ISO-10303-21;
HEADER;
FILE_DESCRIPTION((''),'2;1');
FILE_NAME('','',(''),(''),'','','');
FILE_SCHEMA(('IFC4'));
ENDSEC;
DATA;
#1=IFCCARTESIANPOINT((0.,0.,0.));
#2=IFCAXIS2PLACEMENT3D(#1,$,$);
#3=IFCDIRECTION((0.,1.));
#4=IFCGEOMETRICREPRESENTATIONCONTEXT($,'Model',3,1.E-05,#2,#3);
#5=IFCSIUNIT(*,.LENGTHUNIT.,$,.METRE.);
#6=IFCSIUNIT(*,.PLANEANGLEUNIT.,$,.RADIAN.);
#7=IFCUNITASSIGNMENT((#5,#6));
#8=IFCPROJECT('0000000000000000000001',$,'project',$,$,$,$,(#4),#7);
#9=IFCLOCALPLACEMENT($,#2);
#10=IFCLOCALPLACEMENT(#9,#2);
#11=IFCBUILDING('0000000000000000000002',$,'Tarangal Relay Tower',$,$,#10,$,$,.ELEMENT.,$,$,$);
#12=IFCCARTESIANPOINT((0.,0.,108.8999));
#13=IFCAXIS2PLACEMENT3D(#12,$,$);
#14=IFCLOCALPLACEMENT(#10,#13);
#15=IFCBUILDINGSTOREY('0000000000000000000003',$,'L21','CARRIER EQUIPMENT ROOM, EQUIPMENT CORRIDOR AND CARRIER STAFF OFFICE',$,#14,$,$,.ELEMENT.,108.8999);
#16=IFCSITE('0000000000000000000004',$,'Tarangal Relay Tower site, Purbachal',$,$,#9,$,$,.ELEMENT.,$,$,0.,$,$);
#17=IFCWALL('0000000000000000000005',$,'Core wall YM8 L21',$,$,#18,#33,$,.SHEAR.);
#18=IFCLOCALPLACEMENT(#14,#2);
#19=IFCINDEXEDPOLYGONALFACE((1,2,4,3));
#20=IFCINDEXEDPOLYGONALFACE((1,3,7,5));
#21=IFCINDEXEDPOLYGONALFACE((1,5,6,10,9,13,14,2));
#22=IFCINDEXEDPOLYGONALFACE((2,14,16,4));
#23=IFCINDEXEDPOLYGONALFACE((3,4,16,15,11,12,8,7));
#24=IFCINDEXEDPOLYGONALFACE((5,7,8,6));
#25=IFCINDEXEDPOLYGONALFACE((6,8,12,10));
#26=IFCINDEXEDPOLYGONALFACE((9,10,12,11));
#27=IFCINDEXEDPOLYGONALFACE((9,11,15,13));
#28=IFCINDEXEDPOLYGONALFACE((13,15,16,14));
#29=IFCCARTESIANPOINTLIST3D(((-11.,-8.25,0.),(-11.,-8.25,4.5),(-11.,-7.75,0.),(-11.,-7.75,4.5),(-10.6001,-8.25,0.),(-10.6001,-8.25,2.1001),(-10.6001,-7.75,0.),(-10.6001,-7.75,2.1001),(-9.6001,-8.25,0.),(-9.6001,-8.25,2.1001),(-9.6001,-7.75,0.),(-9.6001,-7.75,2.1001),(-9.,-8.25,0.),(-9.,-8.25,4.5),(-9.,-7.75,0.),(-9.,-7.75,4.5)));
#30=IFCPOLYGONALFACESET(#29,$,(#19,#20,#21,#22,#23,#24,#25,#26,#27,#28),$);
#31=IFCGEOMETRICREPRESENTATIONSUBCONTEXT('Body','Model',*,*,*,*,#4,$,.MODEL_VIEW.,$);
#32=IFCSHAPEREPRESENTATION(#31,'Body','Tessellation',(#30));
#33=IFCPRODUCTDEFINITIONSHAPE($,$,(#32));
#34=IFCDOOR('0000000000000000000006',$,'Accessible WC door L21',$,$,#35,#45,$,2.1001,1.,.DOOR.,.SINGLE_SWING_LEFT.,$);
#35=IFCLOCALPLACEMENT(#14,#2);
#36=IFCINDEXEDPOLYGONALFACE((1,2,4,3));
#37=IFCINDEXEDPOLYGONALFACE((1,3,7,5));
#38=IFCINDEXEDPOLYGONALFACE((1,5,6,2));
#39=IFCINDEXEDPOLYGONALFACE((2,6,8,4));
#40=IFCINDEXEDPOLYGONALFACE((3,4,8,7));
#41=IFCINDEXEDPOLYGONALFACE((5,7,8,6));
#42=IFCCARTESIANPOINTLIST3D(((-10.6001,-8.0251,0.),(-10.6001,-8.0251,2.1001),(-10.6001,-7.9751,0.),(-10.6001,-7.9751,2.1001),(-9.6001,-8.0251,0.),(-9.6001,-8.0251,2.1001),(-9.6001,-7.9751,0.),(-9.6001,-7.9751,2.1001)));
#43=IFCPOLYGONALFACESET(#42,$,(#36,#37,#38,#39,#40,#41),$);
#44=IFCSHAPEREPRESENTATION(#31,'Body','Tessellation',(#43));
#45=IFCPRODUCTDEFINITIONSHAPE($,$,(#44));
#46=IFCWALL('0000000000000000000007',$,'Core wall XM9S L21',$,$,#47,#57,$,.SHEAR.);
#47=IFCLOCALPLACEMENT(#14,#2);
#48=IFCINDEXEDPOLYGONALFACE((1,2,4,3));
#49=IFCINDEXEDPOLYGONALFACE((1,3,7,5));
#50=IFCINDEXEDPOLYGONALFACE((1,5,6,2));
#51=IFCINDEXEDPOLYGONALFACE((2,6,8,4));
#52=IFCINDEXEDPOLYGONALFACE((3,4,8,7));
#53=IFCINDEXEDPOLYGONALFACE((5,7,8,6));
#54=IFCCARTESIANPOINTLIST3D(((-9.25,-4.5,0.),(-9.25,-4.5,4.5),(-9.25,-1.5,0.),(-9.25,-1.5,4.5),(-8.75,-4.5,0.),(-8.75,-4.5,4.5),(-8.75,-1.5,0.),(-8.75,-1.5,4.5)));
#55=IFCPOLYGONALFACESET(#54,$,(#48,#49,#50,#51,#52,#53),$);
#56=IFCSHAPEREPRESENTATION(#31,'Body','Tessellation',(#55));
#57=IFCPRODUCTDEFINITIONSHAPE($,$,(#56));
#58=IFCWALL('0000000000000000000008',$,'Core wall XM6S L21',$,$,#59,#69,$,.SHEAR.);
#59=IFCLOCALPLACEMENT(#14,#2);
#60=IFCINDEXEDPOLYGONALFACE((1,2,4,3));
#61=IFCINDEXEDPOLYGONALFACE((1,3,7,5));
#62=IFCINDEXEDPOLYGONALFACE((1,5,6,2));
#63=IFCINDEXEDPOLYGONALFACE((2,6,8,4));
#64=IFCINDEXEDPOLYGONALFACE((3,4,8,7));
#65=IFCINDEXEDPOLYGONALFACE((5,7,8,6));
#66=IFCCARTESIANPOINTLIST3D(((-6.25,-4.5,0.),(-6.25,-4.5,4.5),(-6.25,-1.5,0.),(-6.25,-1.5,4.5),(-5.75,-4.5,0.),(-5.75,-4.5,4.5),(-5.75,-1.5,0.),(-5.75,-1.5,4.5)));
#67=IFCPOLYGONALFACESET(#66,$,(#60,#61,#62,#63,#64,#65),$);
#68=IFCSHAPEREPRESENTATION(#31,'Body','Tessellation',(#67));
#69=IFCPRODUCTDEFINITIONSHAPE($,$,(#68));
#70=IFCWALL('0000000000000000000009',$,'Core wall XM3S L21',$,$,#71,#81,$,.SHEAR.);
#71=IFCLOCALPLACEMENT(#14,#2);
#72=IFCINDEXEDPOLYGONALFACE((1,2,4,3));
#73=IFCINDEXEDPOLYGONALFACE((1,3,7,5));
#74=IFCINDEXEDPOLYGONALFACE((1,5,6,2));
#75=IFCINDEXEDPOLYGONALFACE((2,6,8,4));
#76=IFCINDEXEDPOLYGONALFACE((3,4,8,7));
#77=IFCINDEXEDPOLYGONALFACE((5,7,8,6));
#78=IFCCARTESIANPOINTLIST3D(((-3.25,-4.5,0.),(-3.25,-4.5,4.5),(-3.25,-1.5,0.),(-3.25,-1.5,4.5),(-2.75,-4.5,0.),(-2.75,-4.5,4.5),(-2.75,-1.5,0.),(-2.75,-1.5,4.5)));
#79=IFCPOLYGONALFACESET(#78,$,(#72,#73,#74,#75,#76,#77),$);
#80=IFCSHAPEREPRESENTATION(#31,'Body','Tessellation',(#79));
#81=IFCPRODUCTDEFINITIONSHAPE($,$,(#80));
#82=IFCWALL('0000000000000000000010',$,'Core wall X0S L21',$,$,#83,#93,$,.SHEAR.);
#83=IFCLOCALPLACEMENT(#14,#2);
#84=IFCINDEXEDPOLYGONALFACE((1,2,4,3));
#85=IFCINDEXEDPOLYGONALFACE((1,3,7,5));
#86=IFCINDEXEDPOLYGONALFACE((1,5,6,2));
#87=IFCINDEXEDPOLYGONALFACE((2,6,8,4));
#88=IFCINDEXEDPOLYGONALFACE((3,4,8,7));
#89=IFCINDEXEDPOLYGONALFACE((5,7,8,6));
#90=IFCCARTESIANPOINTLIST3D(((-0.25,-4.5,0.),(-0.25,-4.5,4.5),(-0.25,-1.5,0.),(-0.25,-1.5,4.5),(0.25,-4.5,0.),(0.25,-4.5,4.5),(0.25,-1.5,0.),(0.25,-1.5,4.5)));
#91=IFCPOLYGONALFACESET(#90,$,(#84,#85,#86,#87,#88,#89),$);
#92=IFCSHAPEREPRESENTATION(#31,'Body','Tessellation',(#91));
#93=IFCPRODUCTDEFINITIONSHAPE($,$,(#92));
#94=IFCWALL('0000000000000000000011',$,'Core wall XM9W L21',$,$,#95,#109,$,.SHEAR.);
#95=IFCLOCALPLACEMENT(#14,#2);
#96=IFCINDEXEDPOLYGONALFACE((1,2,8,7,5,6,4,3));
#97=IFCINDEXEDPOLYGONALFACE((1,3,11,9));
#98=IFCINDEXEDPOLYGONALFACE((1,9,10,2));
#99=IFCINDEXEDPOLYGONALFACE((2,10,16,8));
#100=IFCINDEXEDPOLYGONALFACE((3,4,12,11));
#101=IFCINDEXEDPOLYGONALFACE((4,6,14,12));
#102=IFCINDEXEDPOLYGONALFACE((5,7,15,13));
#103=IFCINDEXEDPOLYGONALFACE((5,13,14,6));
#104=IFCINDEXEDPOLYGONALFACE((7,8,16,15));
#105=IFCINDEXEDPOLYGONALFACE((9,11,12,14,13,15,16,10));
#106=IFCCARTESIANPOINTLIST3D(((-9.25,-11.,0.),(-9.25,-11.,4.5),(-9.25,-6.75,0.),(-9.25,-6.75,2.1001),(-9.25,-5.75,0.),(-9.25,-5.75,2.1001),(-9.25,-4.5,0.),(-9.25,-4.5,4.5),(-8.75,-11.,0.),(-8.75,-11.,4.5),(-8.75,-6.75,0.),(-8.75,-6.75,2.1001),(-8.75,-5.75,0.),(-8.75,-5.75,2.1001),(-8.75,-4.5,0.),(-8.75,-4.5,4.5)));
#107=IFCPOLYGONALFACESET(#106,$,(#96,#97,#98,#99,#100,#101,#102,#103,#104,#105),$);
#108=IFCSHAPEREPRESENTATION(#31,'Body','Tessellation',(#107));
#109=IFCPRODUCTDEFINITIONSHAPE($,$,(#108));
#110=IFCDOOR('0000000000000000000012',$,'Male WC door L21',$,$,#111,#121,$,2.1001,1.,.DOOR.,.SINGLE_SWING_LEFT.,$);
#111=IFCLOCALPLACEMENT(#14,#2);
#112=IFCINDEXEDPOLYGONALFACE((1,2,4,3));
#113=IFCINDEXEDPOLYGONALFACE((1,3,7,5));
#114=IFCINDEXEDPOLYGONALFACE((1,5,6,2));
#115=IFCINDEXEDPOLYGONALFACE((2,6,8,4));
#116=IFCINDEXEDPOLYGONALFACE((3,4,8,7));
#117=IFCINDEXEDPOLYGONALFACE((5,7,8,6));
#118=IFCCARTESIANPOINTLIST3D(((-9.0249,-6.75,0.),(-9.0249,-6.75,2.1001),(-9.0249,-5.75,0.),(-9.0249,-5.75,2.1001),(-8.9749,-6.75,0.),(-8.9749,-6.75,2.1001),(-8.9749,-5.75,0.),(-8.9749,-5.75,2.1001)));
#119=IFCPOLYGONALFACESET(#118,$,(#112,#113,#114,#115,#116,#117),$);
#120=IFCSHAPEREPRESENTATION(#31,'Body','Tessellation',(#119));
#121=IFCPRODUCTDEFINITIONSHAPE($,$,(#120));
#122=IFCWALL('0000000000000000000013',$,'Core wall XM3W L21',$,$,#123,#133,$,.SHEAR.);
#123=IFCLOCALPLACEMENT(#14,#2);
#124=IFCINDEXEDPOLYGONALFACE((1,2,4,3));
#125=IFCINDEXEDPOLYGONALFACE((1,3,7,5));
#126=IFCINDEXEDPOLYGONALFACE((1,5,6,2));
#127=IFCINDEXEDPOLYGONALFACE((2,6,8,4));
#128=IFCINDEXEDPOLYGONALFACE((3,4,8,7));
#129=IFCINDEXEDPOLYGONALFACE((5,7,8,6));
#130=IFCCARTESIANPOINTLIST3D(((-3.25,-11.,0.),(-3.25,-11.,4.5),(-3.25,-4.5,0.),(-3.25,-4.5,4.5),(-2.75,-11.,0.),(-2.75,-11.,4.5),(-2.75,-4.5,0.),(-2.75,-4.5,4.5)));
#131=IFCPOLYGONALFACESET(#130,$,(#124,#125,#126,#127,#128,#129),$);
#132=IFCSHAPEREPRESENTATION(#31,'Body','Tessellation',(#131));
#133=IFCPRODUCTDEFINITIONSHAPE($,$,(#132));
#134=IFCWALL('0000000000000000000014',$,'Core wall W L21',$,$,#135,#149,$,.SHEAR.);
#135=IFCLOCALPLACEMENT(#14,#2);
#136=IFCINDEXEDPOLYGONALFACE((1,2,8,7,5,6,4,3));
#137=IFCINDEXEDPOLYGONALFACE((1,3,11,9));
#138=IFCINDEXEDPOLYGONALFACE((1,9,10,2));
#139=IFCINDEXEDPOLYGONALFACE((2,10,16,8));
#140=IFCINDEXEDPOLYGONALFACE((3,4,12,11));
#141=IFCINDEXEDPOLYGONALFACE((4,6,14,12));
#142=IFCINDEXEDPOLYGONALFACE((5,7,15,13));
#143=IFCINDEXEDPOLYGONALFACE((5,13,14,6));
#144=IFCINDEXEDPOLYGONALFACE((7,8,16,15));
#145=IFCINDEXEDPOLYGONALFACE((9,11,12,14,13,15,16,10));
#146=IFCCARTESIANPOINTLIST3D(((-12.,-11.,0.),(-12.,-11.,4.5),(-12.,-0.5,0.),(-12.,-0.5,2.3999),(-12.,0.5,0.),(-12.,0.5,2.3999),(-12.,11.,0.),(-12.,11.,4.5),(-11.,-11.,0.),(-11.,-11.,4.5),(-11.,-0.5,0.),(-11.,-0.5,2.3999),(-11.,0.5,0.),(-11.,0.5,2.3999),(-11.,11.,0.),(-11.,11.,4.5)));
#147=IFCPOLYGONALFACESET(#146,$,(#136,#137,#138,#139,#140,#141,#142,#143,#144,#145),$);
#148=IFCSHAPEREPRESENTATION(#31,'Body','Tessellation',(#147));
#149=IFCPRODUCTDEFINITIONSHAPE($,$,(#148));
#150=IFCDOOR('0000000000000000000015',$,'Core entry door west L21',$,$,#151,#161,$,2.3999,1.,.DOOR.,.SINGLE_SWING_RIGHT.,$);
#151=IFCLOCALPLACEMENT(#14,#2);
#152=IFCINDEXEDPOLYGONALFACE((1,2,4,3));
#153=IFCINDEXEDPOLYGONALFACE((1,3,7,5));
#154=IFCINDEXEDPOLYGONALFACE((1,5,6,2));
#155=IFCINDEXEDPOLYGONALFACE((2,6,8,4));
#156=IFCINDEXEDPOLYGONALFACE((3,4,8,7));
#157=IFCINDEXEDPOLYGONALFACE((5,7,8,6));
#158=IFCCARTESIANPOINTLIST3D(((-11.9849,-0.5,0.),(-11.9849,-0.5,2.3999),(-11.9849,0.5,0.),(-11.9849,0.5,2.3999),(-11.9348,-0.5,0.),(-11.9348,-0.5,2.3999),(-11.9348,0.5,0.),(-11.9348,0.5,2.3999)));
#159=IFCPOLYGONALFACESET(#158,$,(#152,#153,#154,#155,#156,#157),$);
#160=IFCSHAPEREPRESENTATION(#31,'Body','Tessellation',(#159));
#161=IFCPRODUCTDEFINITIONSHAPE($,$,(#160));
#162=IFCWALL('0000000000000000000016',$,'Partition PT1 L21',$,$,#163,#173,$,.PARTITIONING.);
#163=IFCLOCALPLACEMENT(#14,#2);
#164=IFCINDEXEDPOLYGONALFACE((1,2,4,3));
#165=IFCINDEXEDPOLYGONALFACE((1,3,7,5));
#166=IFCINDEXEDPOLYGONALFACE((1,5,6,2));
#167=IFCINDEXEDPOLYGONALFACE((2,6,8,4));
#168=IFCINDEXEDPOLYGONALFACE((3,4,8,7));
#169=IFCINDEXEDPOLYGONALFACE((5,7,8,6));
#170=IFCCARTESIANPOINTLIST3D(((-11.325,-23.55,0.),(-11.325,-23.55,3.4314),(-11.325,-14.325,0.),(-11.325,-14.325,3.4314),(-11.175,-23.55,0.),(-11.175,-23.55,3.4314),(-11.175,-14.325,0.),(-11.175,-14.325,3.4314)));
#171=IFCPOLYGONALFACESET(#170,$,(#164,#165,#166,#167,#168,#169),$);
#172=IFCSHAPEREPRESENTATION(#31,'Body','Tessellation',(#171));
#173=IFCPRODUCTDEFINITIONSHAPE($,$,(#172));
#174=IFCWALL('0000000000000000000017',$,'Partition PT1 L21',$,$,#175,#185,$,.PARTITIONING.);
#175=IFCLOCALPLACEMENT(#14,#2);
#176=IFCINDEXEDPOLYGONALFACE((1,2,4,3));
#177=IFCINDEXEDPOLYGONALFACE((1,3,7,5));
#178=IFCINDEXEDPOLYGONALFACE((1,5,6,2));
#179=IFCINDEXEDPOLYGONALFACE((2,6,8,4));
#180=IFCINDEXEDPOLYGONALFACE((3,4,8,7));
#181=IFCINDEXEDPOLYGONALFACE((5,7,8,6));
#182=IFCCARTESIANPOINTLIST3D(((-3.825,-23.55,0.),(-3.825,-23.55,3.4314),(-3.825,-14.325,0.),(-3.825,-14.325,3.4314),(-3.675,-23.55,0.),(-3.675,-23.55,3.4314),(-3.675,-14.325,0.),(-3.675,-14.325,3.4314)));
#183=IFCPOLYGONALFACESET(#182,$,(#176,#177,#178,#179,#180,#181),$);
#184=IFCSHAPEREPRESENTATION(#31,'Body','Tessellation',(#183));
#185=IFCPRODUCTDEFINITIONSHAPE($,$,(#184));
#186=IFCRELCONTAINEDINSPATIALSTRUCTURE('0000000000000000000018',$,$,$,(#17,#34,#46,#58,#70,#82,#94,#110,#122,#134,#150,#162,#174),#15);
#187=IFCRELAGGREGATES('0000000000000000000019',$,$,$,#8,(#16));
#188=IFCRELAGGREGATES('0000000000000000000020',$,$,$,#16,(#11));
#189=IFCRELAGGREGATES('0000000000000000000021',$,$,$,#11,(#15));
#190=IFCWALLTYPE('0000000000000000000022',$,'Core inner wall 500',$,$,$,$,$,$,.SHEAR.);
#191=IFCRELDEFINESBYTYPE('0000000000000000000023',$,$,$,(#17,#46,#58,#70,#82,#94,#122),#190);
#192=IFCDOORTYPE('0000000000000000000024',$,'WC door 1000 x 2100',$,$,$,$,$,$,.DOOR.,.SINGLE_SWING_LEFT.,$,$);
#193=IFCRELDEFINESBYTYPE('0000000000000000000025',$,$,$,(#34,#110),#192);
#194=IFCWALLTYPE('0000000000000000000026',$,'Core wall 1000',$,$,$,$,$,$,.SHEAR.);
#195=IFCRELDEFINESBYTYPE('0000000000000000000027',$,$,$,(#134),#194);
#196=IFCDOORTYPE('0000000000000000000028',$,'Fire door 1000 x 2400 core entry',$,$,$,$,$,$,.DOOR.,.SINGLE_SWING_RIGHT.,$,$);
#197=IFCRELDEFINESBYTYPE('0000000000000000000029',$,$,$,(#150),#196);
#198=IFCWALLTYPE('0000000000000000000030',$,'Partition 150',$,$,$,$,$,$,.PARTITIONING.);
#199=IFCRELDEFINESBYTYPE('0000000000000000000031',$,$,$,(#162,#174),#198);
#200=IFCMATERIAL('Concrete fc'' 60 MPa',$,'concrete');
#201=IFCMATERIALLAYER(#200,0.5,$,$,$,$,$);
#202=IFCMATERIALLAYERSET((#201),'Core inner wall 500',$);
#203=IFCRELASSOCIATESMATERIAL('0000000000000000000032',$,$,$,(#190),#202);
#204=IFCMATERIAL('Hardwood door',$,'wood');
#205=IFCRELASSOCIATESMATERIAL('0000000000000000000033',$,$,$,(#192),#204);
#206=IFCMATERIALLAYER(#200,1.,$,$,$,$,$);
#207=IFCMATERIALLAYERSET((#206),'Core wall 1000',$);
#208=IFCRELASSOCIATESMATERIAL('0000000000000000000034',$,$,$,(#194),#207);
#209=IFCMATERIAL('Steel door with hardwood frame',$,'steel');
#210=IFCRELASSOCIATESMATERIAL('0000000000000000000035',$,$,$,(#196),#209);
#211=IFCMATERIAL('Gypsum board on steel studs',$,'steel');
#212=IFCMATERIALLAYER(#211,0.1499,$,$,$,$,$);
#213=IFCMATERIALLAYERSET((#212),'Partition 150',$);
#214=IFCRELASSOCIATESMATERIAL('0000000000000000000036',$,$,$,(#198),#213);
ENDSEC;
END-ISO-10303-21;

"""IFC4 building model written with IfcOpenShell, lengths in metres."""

from ifc_helpers import new_model, si_unit, direction, frame, frame_2d, origin, place, context, subcontext, project, spatial, rectangle, extrude, material, layer, layer_set, type_object, element, fill, save


model = new_model("IFC4")

# Units and contexts
model_context = context("Model", 3, precision=1e-05, world=origin(), true_north=direction((0.0, 1.0)))
body_context = subcontext(model_context, "Body", "Model", "MODEL_VIEW")
ifc_project = project(units=[si_unit("LENGTHUNIT", "METRE"), si_unit("PLANEANGLEUNIT", "RADIAN")], contexts=[model_context])

# Site, building, storey
site_placement = place(None, origin())
site = spatial("IfcSite", under=ifc_project, at=site_placement, Name="Tarangal Relay Tower site, Purbachal", CompositionType="ELEMENT", RefElevation=0.0)
building_placement = place(site_placement, origin())
building = spatial("IfcBuilding", under=site, at=building_placement, Name="Tarangal Relay Tower", CompositionType="ELEMENT")
storey_placement = place(building_placement, frame((0.0, 0.0, 108.8999)))
storey = spatial("IfcBuildingStorey", under=building, at=storey_placement, Name="L21", Description="CARRIER EQUIPMENT ROOM, EQUIPMENT CORRIDOR AND CARRIER STAFF OFFICE", CompositionType="ELEMENT", Elevation=108.8999)

# Shared definitions
ifc_material_1 = material(Name="Concrete fc' 60 MPa", Category="concrete")
ifc_layer_1 = layer(ifc_material_1, 0.5)
ifc_layer_set_1 = layer_set([ifc_layer_1], Name="Core inner wall 500")
wall_type_1 = type_object("IfcWallType", Name="Core inner wall 500", PredefinedType="SHEAR", material=ifc_layer_set_1)

# Wall, opening, door
wall_1_placement = place(storey_placement, frame((-11.0, -8.0, 0.0), z_axis=(0.0, 0.0, 1.0), x_axis=(1.0, 0.0, 0.0)))
wall_1 = element("IfcWall", 1, at=wall_1_placement, inside=storey, type_object=wall_type_1, Name="Core wall YM8 L21", PredefinedType="SHEAR", context=body_context, shape_type="SweptSolid", body=[
    extrude(rectangle(XDim=2.0, YDim=0.5, at=frame_2d((1.0, 0.0))), origin(), (0.0, 0.0, 1.0), 4.5),
])
opening_1_placement = place(wall_1_placement, frame((0.3999, 0.0, 0.0)))
opening_1 = element("IfcOpeningElement", 2, at=opening_1_placement, cuts=wall_1, PredefinedType="OPENING", context=body_context, shape_type="SweptSolid", body=[
    extrude(rectangle(XDim=1.0, YDim=2.1001, at=frame_2d((0.5, 1.05))), frame((0.0, 0.26, 0.0), z_axis=(0.0, -1.0, 0.0), x_axis=(1.0, 0.0, 0.0)), (0.0, 0.0, 1.0), 0.52),
])
ifc_material_2 = material(Name="Hardwood door", Category="wood")
door_type_1 = type_object("IfcDoorType", Name="WC door 1000 x 2100", OperationType="SINGLE_SWING_LEFT", PredefinedType="DOOR", material=ifc_material_2)
door_1_placement = place(opening_1_placement, origin())
door_1 = element("IfcDoor", 3, at=door_1_placement, inside=storey, type_object=door_type_1, Name="Accessible WC door L21", OperationType="SINGLE_SWING_LEFT", OverallHeight=2.1001, OverallWidth=1.0, PredefinedType="DOOR", context=body_context, shape_type="SweptSolid", body=[
    extrude(rectangle(XDim=1.0, YDim=2.1001, at=frame_2d((0.5, 1.05))), frame((0.0, 0.0249, 0.0), z_axis=(0.0, -1.0, 0.0), x_axis=(1.0, 0.0, 0.0)), (0.0, 0.0, 1.0), 0.05),
])
fill(opening_1, door_1)

# Walls
for number, where, z_axis, x_axis, name in (
    (4, (-9.0, -4.5, 0.0), (0.0, 0.0, 1.0), (0.0, 1.0, 0.0), "Core wall XM9S L21"),
    (5, (-6.0, -4.5, 0.0), (0.0, 0.0, 1.0), (0.0, 1.0, 0.0), "Core wall XM6S L21"),
    (6, (-3.0, -4.5, 0.0), (0.0, 0.0, 1.0), (0.0, 1.0, 0.0), "Core wall XM3S L21"),
    (7, (0.0, -4.5, 0.0), (0.0, 0.0, 1.0), (0.0, 1.0, 0.0), "Core wall X0S L21"),
):
    element("IfcWall", number, at=place(storey_placement, frame(where, z_axis=z_axis, x_axis=x_axis)), inside=storey, type_object=wall_type_1, Name=name, PredefinedType="SHEAR", context=body_context, shape_type="SweptSolid", body=[
        extrude(rectangle(XDim=3.0, YDim=0.5, at=frame_2d((1.5, 0.0))), origin(), (0.0, 0.0, 1.0), 4.5),
    ])

# Wall, opening, door
wall_2_placement = place(storey_placement, frame((-9.0, -11.0, 0.0), z_axis=(0.0, 0.0, 1.0), x_axis=(0.0, 1.0, 0.0)))
wall_2 = element("IfcWall", 8, at=wall_2_placement, inside=storey, type_object=wall_type_1, Name="Core wall XM9W L21", PredefinedType="SHEAR", context=body_context, shape_type="SweptSolid", body=[
    extrude(rectangle(XDim=6.5, YDim=0.5, at=frame_2d((3.25, 0.0))), origin(), (0.0, 0.0, 1.0), 4.5),
])
opening_2_placement = place(wall_2_placement, frame((4.25, 0.0, 0.0)))
opening_2 = element("IfcOpeningElement", 9, at=opening_2_placement, cuts=wall_2, PredefinedType="OPENING", context=body_context, shape_type="SweptSolid", body=[
    extrude(rectangle(XDim=1.0, YDim=2.1001, at=frame_2d((0.5, 1.05))), frame((0.0, 0.26, 0.0), z_axis=(0.0, -1.0, 0.0), x_axis=(1.0, 0.0, 0.0)), (0.0, 0.0, 1.0), 0.52),
])
door_2_placement = place(opening_2_placement, origin())
door_2 = element("IfcDoor", 10, at=door_2_placement, inside=storey, type_object=door_type_1, Name="Male WC door L21", OperationType="SINGLE_SWING_LEFT", OverallHeight=2.1001, OverallWidth=1.0, PredefinedType="DOOR", context=body_context, shape_type="SweptSolid", body=[
    extrude(rectangle(XDim=1.0, YDim=2.1001, at=frame_2d((0.5, 1.05))), frame((0.0, 0.0249, 0.0), z_axis=(0.0, -1.0, 0.0), x_axis=(1.0, 0.0, 0.0)), (0.0, 0.0, 1.0), 0.05),
])
fill(opening_2, door_2)

# Wall
wall_3_placement = place(storey_placement, frame((-3.0, -11.0, 0.0), z_axis=(0.0, 0.0, 1.0), x_axis=(0.0, 1.0, 0.0)))
element("IfcWall", 11, at=wall_3_placement, inside=storey, type_object=wall_type_1, Name="Core wall XM3W L21", PredefinedType="SHEAR", context=body_context, shape_type="SweptSolid", body=[
    extrude(rectangle(XDim=6.5, YDim=0.5, at=frame_2d((3.25, 0.0))), origin(), (0.0, 0.0, 1.0), 4.5),
])

# Wall, opening, door
ifc_layer_2 = layer(ifc_material_1, 1.0)
ifc_layer_set_2 = layer_set([ifc_layer_2], Name="Core wall 1000")
wall_type_2 = type_object("IfcWallType", Name="Core wall 1000", PredefinedType="SHEAR", material=ifc_layer_set_2)
wall_4_placement = place(storey_placement, frame((-11.5, -11.0, 0.0), z_axis=(0.0, 0.0, 1.0), x_axis=(0.0, 1.0, 0.0)))
wall_4 = element("IfcWall", 12, at=wall_4_placement, inside=storey, type_object=wall_type_2, Name="Core wall W L21", PredefinedType="SHEAR", context=body_context, shape_type="SweptSolid", body=[
    extrude(rectangle(XDim=22.0, YDim=1.0, at=frame_2d((11.0, 0.0))), origin(), (0.0, 0.0, 1.0), 4.5),
])
opening_3_placement = place(wall_4_placement, frame((10.5, 0.0, 0.0)))
opening_3 = element("IfcOpeningElement", 13, at=opening_3_placement, cuts=wall_4, PredefinedType="OPENING", context=body_context, shape_type="SweptSolid", body=[
    extrude(rectangle(XDim=1.0, YDim=2.3999, at=frame_2d((0.5, 1.2))), frame((0.0, 0.51, 0.0), z_axis=(0.0, -1.0, 0.0), x_axis=(1.0, 0.0, 0.0)), (0.0, 0.0, 1.0), 1.02),
])
ifc_material_3 = material(Name="Steel door with hardwood frame", Category="steel")
door_type_2 = type_object("IfcDoorType", Name="Fire door 1000 x 2400 core entry", OperationType="SINGLE_SWING_RIGHT", PredefinedType="DOOR", material=ifc_material_3)
door_3_placement = place(opening_3_placement, origin())
door_3 = element("IfcDoor", 14, at=door_3_placement, inside=storey, type_object=door_type_2, Name="Core entry door west L21", OperationType="SINGLE_SWING_RIGHT", OverallHeight=2.3999, OverallWidth=1.0, PredefinedType="DOOR", context=body_context, shape_type="SweptSolid", body=[
    extrude(rectangle(XDim=1.0, YDim=2.3999, at=frame_2d((0.5, 1.2))), frame((0.0, 0.4849, 0.0), z_axis=(0.0, -1.0, 0.0), x_axis=(1.0, 0.0, 0.0)), (0.0, 0.0, 1.0), 0.05),
])
fill(opening_3, door_3)

# Walls
ifc_material_4 = material(Name="Gypsum board on steel studs", Category="steel")
ifc_layer_3 = layer(ifc_material_4, 0.1499)
ifc_layer_set_3 = layer_set([ifc_layer_3], Name="Partition 150")
wall_type_3 = type_object("IfcWallType", Name="Partition 150", PredefinedType="PARTITIONING", material=ifc_layer_set_3)
for number, where, z_axis, x_axis, name in (
    (15, (-11.25, -23.55, 0.0), (0.0, 0.0, 1.0), (0.0, 1.0, 0.0), "Partition PT1 L21"),
    (16, (-3.75, -23.55, 0.0), (0.0, 0.0, 1.0), (0.0, 1.0, 0.0), "Partition PT1 L21"),
):
    element("IfcWall", number, at=place(storey_placement, frame(where, z_axis=z_axis, x_axis=x_axis)), inside=storey, type_object=wall_type_3, Name=name, PredefinedType="PARTITIONING", context=body_context, shape_type="SweptSolid", body=[
        extrude(rectangle(XDim=9.2251, YDim=0.1499, at=frame_2d((4.6125, 0.0))), origin(), (0.0, 0.0, 1.0), 3.4314),
    ])

save(model, "model.ifc")
